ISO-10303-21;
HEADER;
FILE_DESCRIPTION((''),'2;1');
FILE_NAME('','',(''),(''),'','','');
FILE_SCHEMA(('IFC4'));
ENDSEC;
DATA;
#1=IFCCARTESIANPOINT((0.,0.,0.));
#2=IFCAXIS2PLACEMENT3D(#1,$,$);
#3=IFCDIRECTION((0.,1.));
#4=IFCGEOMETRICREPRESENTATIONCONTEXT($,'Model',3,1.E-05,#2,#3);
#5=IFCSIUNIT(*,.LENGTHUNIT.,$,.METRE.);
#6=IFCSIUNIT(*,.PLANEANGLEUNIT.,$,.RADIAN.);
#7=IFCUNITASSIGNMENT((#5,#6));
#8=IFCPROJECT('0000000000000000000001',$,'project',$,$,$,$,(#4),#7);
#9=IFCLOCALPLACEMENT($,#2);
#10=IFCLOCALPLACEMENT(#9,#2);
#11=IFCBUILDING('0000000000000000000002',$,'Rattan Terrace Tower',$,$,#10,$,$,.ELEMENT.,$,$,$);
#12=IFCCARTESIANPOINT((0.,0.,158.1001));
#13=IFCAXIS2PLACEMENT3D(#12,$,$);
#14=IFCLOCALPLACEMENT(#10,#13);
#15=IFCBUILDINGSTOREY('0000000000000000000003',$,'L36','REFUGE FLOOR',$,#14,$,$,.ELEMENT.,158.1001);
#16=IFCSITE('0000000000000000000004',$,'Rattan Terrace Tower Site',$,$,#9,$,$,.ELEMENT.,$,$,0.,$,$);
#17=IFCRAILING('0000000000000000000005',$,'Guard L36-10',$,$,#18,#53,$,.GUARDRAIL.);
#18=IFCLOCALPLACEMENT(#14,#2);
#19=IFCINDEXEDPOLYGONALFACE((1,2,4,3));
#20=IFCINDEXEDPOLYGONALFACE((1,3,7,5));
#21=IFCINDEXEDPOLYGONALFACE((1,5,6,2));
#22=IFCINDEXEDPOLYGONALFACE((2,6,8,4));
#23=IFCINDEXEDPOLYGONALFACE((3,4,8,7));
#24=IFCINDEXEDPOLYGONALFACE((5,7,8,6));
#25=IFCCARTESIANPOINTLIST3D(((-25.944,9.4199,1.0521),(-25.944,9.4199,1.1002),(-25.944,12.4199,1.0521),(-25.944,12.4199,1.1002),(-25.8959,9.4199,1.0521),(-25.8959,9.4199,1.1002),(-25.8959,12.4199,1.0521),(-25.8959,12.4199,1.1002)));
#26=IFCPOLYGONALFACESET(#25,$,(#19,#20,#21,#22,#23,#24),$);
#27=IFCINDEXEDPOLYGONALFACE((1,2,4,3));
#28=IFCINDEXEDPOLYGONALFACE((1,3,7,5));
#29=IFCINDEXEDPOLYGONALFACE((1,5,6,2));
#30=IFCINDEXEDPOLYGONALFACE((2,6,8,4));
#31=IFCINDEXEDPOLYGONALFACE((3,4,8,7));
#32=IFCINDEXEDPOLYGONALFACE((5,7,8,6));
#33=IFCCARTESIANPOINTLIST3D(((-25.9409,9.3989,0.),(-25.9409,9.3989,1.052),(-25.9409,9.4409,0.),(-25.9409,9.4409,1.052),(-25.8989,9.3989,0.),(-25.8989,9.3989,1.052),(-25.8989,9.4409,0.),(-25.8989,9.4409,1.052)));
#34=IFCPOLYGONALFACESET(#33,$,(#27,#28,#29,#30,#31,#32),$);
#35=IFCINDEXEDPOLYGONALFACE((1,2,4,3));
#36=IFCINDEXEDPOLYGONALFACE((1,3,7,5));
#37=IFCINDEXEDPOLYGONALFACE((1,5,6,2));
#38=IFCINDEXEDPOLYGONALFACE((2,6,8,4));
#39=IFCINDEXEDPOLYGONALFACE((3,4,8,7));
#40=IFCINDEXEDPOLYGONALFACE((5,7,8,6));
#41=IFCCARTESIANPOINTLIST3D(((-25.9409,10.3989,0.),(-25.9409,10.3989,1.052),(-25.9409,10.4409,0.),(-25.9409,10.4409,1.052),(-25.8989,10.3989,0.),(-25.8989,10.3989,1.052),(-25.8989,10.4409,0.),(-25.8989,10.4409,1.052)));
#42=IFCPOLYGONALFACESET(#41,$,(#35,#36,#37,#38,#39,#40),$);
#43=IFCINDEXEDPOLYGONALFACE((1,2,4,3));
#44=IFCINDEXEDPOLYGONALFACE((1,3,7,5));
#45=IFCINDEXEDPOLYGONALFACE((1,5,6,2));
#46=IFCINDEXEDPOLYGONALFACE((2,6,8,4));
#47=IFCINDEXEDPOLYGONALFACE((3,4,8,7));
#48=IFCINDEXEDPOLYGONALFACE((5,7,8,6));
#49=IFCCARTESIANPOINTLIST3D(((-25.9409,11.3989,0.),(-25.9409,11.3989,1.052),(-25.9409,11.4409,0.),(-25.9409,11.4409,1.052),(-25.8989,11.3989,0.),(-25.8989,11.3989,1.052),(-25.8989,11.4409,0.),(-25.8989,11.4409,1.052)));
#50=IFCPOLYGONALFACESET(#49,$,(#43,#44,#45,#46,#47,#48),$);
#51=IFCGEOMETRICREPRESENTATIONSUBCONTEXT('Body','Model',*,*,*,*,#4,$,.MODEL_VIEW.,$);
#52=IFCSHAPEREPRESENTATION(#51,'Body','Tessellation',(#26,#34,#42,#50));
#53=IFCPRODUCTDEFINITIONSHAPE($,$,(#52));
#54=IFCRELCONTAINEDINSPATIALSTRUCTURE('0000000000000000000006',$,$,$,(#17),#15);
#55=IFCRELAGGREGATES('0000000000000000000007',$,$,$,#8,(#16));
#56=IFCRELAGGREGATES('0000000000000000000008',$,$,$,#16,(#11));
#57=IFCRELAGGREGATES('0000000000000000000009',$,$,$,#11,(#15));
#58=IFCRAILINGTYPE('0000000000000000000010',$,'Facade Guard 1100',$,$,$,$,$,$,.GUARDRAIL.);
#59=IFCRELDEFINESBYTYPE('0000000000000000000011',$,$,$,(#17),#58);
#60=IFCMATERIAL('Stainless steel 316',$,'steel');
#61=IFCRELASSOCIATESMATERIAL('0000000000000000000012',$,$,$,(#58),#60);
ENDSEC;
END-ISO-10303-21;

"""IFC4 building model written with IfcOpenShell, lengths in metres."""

from ifc_helpers import new_model, si_unit, direction, frame, origin, origin_2d, place, context, subcontext, project, spatial, rectangle, extrude, material, type_object, element, save


model = new_model("IFC4")

# Units and contexts
model_context = context("Model", 3, precision=1e-05, world=origin(), true_north=direction((0.0, 1.0)))
body_context = subcontext(model_context, "Body", "Model", "MODEL_VIEW")
ifc_project = project(units=[si_unit("LENGTHUNIT", "METRE"), si_unit("PLANEANGLEUNIT", "RADIAN")], contexts=[model_context])

# Site, building, storey
site_placement = place(None, origin())
site = spatial("IfcSite", under=ifc_project, at=site_placement, Name="Rattan Terrace Tower Site", CompositionType="ELEMENT", RefElevation=0.0)
building_placement = place(site_placement, origin())
building = spatial("IfcBuilding", under=site, at=building_placement, Name="Rattan Terrace Tower", CompositionType="ELEMENT")
storey_placement = place(building_placement, frame((0.0, 0.0, 158.1001)))
storey = spatial("IfcBuildingStorey", under=building, at=storey_placement, Name="L36", Description="REFUGE FLOOR", CompositionType="ELEMENT", Elevation=158.1001)

# Railing
ifc_material_1 = material(Name="Stainless steel 316", Category="steel")
railing_type_1 = type_object("IfcRailingType", Name="Facade Guard 1100", PredefinedType="GUARDRAIL", material=ifc_material_1)
railing_1_placement = place(storey_placement, frame((-25.9199, 9.4199, 0.0)))
element("IfcRailing", 1, at=railing_1_placement, inside=storey, type_object=railing_type_1, Name="Guard L36-10", PredefinedType="GUARDRAIL", context=body_context, shape_type="SweptSolid", body=[
    extrude(rectangle(XDim=0.0481, YDim=0.0481, at=origin_2d()), frame((0.0, 0.0, 1.0762), z_axis=(0.0, 1.0, 0.0), x_axis=(-1.0, 0.0, 0.0)), (0.0, 0.0, 1.0), 3.0),
    extrude(rectangle(XDim=0.042, YDim=0.042, at=origin_2d()), origin(), (0.0, 0.0, 1.0), 1.052),
    extrude(rectangle(XDim=0.042, YDim=0.042, at=origin_2d()), frame((0.0, 1.0, 0.0)), (0.0, 0.0, 1.0), 1.052),
    extrude(rectangle(XDim=0.042, YDim=0.042, at=origin_2d()), frame((0.0, 2.0, 0.0)), (0.0, 0.0, 1.0), 1.052),
])

save(model, "model.ifc")
